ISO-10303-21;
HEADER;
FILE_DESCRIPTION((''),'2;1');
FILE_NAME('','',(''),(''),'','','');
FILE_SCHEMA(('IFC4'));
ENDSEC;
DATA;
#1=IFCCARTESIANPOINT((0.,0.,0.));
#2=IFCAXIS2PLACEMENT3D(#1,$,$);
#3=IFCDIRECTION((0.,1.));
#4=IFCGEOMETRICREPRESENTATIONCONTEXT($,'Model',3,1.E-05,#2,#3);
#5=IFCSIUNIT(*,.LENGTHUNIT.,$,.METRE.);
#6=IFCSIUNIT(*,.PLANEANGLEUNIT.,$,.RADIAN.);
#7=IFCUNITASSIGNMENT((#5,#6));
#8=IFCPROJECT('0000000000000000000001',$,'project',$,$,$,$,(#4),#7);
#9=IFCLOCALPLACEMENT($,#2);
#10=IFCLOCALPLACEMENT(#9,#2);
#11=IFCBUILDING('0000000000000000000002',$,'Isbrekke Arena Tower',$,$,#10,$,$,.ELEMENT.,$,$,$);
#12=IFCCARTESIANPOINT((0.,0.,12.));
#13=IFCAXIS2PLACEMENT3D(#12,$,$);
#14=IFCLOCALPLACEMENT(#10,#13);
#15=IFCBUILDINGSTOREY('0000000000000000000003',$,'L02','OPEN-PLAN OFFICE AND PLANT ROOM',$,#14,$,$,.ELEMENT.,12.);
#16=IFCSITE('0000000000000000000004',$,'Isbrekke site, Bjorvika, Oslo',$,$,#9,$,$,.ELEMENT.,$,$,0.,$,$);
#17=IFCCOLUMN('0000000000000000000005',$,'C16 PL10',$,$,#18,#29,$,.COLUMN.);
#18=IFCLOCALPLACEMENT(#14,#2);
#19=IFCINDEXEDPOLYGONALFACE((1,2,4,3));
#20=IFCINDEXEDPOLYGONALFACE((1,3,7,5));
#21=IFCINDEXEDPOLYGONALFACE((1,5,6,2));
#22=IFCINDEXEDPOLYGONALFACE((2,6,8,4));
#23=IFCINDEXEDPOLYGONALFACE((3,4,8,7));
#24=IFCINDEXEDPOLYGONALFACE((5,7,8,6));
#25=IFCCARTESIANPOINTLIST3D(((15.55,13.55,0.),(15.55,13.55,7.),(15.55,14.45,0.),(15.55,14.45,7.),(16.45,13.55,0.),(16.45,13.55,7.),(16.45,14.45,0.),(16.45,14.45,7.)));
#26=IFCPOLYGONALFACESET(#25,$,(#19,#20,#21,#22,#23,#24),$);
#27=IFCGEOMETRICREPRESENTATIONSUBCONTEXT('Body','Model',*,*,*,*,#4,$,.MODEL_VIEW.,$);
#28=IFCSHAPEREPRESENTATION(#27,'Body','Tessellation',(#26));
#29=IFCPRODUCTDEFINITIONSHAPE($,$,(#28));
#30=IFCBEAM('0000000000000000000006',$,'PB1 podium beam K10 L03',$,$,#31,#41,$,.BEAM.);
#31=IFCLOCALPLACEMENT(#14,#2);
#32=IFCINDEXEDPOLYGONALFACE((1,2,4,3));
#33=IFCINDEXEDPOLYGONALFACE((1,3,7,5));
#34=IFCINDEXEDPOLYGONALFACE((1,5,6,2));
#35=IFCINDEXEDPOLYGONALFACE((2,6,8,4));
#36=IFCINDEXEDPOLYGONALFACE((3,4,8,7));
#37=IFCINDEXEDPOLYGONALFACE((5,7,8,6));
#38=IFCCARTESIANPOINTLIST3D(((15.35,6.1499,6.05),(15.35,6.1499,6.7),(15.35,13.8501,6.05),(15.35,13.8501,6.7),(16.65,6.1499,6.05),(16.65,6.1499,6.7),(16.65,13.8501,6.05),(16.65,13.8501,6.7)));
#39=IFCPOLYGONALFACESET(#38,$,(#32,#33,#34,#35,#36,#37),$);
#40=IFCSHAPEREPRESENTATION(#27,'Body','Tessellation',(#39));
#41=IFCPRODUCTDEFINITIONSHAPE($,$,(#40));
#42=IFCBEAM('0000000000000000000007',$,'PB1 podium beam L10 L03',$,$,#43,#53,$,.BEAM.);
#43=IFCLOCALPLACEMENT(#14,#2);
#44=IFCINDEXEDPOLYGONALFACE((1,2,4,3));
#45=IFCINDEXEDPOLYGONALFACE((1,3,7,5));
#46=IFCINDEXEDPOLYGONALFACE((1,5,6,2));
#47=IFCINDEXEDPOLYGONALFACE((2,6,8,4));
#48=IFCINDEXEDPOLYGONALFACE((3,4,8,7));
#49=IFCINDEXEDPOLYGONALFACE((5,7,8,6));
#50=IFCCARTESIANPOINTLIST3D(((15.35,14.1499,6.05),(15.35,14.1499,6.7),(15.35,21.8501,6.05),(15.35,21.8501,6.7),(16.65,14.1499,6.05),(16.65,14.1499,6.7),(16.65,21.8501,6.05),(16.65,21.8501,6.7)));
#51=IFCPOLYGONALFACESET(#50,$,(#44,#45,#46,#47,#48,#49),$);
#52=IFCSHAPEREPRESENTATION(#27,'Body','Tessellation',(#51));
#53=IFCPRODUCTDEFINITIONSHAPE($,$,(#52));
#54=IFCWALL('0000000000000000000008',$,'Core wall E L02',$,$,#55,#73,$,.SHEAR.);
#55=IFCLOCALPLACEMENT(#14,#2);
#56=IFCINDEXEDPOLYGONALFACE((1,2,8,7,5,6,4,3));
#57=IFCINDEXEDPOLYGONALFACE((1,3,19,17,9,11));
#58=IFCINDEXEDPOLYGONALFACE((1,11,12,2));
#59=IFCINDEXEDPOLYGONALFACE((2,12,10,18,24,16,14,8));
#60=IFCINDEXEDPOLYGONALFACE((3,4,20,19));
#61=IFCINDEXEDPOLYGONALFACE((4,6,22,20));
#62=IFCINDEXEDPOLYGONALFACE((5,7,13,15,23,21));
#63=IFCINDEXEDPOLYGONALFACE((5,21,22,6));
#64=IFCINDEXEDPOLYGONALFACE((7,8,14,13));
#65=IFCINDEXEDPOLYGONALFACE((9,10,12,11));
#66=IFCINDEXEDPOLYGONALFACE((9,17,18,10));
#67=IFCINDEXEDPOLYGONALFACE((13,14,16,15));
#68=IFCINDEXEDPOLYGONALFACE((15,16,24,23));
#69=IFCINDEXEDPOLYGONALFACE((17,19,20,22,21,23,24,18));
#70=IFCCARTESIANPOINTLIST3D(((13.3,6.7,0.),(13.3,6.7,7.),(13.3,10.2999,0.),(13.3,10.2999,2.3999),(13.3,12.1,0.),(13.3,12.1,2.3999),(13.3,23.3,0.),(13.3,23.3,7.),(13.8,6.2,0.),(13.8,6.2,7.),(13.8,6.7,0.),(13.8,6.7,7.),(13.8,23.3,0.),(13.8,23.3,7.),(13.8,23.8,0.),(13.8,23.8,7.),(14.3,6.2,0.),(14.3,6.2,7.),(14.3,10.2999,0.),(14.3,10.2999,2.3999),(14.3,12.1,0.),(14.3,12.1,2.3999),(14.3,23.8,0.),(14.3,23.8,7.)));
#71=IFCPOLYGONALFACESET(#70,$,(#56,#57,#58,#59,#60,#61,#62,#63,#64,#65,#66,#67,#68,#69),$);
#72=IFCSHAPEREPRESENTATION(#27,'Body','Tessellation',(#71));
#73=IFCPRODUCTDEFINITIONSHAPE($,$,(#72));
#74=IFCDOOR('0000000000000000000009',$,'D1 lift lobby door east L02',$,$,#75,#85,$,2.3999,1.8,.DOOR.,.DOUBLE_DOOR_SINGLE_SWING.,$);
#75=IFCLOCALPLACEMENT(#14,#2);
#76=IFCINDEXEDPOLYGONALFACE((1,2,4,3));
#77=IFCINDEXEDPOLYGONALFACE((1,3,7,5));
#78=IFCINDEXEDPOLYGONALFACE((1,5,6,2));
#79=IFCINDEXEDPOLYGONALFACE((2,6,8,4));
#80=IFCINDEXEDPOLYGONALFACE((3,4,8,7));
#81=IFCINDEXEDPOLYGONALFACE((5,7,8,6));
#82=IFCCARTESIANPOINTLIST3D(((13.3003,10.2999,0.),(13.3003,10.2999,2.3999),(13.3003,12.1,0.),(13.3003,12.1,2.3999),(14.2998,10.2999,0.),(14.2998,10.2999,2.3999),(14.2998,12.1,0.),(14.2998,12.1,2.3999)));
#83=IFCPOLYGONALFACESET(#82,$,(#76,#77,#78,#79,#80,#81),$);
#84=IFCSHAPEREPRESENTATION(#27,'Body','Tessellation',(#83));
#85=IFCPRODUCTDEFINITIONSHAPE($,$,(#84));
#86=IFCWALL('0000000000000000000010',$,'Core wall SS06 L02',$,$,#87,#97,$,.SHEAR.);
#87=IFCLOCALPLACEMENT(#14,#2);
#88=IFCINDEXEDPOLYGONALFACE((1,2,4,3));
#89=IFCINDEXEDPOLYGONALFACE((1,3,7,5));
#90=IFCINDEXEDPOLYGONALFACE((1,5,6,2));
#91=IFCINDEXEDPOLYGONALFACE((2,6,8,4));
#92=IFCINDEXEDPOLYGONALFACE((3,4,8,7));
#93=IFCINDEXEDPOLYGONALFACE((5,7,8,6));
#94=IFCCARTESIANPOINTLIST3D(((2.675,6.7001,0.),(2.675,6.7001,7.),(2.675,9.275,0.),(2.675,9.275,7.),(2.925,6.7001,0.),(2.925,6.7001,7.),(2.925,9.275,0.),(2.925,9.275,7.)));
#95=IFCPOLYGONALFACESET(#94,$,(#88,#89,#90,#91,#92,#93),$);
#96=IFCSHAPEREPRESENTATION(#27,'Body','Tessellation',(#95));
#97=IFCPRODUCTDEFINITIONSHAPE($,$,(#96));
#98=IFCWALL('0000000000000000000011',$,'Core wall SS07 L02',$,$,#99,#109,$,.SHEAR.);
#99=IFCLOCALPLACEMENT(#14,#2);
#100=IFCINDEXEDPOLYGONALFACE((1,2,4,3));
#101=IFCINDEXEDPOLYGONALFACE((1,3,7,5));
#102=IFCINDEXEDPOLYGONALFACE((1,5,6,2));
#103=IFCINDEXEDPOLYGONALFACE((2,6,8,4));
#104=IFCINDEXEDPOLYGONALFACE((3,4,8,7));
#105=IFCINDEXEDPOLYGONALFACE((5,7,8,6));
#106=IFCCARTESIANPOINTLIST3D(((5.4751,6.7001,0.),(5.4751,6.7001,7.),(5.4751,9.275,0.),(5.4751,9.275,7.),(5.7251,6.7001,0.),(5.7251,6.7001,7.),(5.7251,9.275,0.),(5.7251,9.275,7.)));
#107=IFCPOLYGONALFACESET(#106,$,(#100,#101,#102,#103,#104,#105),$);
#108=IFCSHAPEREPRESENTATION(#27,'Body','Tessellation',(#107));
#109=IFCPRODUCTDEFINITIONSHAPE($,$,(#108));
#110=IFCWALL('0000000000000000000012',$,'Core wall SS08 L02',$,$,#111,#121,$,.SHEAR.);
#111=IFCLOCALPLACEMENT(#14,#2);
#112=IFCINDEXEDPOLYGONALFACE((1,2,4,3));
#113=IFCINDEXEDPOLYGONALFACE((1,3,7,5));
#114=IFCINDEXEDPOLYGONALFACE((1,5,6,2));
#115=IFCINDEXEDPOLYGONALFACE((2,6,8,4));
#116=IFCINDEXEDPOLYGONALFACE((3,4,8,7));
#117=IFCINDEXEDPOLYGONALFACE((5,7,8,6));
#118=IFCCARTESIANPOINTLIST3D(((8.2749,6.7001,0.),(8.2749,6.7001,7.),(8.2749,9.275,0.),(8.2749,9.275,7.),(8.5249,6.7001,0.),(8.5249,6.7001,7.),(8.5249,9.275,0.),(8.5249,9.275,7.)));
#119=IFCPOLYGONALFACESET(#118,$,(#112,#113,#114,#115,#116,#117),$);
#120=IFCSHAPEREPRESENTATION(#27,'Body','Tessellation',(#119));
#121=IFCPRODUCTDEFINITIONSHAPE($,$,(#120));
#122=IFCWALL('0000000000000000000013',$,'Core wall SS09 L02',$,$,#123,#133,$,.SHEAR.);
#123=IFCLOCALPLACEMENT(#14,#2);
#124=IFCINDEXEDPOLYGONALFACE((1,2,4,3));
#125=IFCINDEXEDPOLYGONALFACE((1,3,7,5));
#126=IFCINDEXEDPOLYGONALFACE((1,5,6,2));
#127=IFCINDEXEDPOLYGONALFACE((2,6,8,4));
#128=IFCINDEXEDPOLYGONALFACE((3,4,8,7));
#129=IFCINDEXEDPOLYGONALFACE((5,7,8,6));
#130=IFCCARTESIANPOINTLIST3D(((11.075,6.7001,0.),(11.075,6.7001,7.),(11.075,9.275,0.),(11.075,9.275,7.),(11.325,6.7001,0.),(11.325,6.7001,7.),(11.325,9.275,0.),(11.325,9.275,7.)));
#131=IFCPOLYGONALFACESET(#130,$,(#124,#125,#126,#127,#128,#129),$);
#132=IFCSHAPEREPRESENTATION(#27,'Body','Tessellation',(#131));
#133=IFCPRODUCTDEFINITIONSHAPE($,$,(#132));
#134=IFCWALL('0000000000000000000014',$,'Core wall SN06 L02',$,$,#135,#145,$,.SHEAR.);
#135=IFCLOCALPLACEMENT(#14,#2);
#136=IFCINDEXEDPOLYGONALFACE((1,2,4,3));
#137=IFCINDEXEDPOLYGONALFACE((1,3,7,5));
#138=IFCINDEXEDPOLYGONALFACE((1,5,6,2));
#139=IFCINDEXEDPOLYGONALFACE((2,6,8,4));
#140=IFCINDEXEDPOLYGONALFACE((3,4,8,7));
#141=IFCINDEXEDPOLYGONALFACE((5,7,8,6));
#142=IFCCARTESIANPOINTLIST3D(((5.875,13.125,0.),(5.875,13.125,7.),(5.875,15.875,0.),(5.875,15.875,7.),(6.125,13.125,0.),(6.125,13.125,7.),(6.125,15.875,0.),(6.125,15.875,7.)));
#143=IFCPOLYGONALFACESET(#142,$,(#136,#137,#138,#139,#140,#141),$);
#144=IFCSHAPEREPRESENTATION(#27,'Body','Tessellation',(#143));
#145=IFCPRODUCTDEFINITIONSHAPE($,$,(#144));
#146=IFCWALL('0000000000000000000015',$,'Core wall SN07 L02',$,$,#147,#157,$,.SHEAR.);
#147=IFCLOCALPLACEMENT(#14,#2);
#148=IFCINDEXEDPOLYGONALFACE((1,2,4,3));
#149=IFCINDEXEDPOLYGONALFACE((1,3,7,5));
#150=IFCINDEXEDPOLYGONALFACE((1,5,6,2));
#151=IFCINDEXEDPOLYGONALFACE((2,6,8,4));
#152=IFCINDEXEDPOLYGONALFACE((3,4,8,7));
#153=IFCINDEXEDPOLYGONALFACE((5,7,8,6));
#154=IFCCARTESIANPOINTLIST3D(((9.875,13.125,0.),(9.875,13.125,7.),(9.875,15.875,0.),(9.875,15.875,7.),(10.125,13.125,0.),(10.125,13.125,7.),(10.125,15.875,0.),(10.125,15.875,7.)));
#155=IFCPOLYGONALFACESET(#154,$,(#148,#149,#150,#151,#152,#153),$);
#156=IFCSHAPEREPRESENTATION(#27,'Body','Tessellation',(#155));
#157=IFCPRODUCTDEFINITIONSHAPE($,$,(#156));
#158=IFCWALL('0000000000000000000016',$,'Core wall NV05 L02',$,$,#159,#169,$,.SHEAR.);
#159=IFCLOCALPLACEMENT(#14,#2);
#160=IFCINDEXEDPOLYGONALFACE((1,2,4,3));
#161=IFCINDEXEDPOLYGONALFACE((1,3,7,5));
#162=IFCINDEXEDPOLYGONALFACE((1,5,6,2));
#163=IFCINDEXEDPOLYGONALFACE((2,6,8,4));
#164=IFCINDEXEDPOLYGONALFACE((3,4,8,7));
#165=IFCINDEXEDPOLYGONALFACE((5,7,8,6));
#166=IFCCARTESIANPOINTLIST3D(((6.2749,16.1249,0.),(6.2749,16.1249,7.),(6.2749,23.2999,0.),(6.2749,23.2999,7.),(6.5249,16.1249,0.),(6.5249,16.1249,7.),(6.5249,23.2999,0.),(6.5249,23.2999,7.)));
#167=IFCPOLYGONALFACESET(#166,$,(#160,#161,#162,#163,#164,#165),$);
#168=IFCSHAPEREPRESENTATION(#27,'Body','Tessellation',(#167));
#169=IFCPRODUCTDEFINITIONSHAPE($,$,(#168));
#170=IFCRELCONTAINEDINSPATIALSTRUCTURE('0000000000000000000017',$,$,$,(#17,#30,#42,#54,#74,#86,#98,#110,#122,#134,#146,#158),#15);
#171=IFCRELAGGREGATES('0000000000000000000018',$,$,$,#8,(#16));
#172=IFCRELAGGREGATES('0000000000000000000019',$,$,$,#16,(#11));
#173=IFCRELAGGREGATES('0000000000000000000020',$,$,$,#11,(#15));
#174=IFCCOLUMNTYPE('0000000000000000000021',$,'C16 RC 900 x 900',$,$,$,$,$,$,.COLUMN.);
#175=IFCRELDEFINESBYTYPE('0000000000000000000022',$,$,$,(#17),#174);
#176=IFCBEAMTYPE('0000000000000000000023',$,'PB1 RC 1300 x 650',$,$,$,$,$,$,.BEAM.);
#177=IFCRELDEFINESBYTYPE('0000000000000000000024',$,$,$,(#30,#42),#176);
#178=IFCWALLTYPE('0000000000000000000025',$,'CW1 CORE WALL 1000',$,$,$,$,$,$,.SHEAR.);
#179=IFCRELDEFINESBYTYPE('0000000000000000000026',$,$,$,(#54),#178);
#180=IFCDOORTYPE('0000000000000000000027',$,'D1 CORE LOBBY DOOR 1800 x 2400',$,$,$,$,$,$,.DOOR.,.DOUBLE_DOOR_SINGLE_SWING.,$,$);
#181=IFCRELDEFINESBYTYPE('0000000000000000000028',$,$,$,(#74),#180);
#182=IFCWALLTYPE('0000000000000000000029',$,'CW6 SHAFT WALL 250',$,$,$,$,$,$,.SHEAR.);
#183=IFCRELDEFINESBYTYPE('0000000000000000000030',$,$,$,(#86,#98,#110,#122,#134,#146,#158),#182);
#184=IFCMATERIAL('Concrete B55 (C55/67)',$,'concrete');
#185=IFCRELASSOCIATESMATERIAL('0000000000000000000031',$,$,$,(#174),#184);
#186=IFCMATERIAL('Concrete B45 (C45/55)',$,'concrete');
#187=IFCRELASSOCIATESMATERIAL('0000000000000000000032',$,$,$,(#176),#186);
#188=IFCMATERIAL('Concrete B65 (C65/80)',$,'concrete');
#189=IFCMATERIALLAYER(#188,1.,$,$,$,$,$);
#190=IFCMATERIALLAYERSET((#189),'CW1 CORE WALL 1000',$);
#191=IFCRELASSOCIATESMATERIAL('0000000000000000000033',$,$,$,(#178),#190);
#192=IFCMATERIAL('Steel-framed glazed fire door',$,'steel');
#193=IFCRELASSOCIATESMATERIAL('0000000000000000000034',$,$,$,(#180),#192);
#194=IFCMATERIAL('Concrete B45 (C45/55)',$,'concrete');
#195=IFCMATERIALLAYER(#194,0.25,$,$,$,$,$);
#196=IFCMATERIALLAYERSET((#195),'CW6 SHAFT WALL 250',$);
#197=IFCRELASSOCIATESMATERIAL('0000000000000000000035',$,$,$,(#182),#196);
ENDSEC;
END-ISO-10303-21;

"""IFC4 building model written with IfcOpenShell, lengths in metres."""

from ifc_helpers import new_model, si_unit, direction, frame, frame_2d, origin, origin_2d, place, context, subcontext, project, spatial, polyline, rectangle, outline, extrude, material, layer, layer_set, material_profile, profile_set, type_object, element, fill, save


model = new_model("IFC4")

# Units and contexts
model_context = context("Model", 3, precision=1e-05, world=origin(), true_north=direction((0.0, 1.0)))
body_context = subcontext(model_context, "Body", "Model", "MODEL_VIEW")
ifc_project = project(units=[si_unit("LENGTHUNIT", "METRE"), si_unit("PLANEANGLEUNIT", "RADIAN")], contexts=[model_context])

# Site, building, storey
site_placement = place(None, origin())
site = spatial("IfcSite", under=ifc_project, at=site_placement, Name="Isbrekke site, Bjorvika, Oslo", CompositionType="ELEMENT", RefElevation=0.0)
building_placement = place(site_placement, origin())
building = spatial("IfcBuilding", under=site, at=building_placement, Name="Isbrekke Arena Tower", CompositionType="ELEMENT")
storey_placement = place(building_placement, frame((0.0, 0.0, 12.0)))
storey = spatial("IfcBuildingStorey", under=building, at=storey_placement, Name="L02", Description="OPEN-PLAN OFFICE AND PLANT ROOM", CompositionType="ELEMENT", Elevation=12.0)

# Column
ifc_material_1 = material(Name="Concrete B55 (C55/67)", Category="concrete")
ifc_material_profile_1 = material_profile(ifc_material_1, rectangle(XDim=0.8999, YDim=0.8999, at=origin_2d()), Name="RC 900x900")
ifc_profile_set_1 = profile_set([ifc_material_profile_1], Name="Concrete B55 (C55/67)")
column_type = type_object("IfcColumnType", Name="C16 RC 900 x 900", PredefinedType="COLUMN", material=ifc_profile_set_1)
column_placement = place(storey_placement, frame((16.0, 14.0, 0.0), z_axis=(0.0, 0.0, 1.0), x_axis=(1.0, 0.0, 0.0)))
element("IfcColumn", 1, at=column_placement, inside=storey, type_object=column_type, Name="C16 PL10", PredefinedType="COLUMN", context=body_context, shape_type="SweptSolid", body=[
    extrude(rectangle(XDim=0.8999, YDim=0.8999, at=origin_2d()), origin(), (0.0, 0.0, 1.0), 7.0),
])

# Beams
ifc_material_2 = material(Name="Concrete B45 (C45/55)", Category="concrete")
ifc_material_profile_2 = material_profile(ifc_material_2, rectangle(XDim=1.3, YDim=0.6499, at=origin_2d()), Name="RC 1300x650")
ifc_profile_set_2 = profile_set([ifc_material_profile_2], Name="Concrete B45 (C45/55)")
beam_type = type_object("IfcBeamType", Name="PB1 RC 1300 x 650", PredefinedType="BEAM", material=ifc_profile_set_2)
for number, where, z_axis, x_axis, name in (
    (2, (16.0, 6.1499, 6.375), (0.0, 1.0, 0.0), (-1.0, 0.0, 0.0), "PB1 podium beam K10 L03"),
    (3, (16.0, 14.1499, 6.375), (0.0, 1.0, 0.0), (-1.0, 0.0, 0.0), "PB1 podium beam L10 L03"),
):
    element("IfcBeam", number, at=place(storey_placement, frame(where, z_axis=z_axis, x_axis=x_axis)), inside=storey, type_object=beam_type, Name=name, PredefinedType="BEAM", context=body_context, shape_type="SweptSolid", body=[
        extrude(rectangle(XDim=1.3, YDim=0.6499, at=origin_2d()), origin(), (0.0, 0.0, 1.0), 7.7002),
    ])

# Wall, opening, door
ifc_material_3 = material(Name="Concrete B65 (C65/80)", Category="concrete")
ifc_layer_1 = layer(ifc_material_3, 1.0)
ifc_layer_set_1 = layer_set([ifc_layer_1], Name="CW1 CORE WALL 1000")
wall_type_1 = type_object("IfcWallType", Name="CW1 CORE WALL 1000", PredefinedType="SHEAR", material=ifc_layer_set_1)
wall_1_placement = place(storey_placement, frame((13.8, 6.2, 0.0), z_axis=(0.0, 0.0, 1.0), x_axis=(0.0, 1.0, 0.0)))
wall_1 = element("IfcWall", 4, at=wall_1_placement, inside=storey, type_object=wall_type_1, Name="Core wall E L02", PredefinedType="SHEAR", context=body_context, shape_type="SweptSolid", body=[
    extrude(outline(polyline([(0.0, -0.5), (17.6001, -0.5), (17.6001, 0.0), (17.1001, 0.0), (17.1001, 0.5), (0.5, 0.5), (0.5, 0.0), (0.0, 0.0), (0.0, -0.5)])), origin(), (0.0, 0.0, 1.0), 7.0),
])
opening_1_placement = place(wall_1_placement, frame((4.1001, 0.0, 0.0)))
opening_1 = element("IfcOpeningElement", 5, at=opening_1_placement, cuts=wall_1, PredefinedType="OPENING", context=body_context, shape_type="SweptSolid", body=[
    extrude(rectangle(XDim=1.8, YDim=2.3999, at=frame_2d((0.8999, 1.2))), frame((0.0, 0.5149, 0.0), z_axis=(0.0, -1.0, 0.0), x_axis=(1.0, 0.0, 0.0)), (0.0, 0.0, 1.0), 1.0298),
])
ifc_material_4 = material(Name="Steel-framed glazed fire door", Category="steel")
door_type_1 = type_object("IfcDoorType", Name="D1 CORE LOBBY DOOR 1800 x 2400", OperationType="DOUBLE_DOOR_SINGLE_SWING", PredefinedType="DOOR", material=ifc_material_4)
door_1_placement = place(opening_1_placement, origin())
door_1 = element("IfcDoor", 6, at=door_1_placement, inside=storey, type_object=door_type_1, Name="D1 lift lobby door east L02", OperationType="DOUBLE_DOOR_SINGLE_SWING", OverallHeight=2.3999, OverallWidth=1.8, PredefinedType="DOOR", context=body_context, shape_type="SweptSolid", body=[
    extrude(rectangle(XDim=1.8, YDim=2.3999, at=frame_2d((0.8999, 1.2))), frame((0.0, 0.4998, 0.0), z_axis=(0.0, -1.0, 0.0), x_axis=(1.0, 0.0, 0.0)), (0.0, 0.0, 1.0), 0.9995),
])
fill(opening_1, door_1)

# Walls
ifc_material_5 = material(Name="Concrete B45 (C45/55)", Category="concrete")
ifc_layer_2 = layer(ifc_material_5, 0.25)
ifc_layer_set_2 = layer_set([ifc_layer_2], Name="CW6 SHAFT WALL 250")
wall_type_2 = type_object("IfcWallType", Name="CW6 SHAFT WALL 250", PredefinedType="SHEAR", material=ifc_layer_set_2)
for number, where, z_axis, x_axis, name in (
    (7, (2.8, 6.7, 0.0), (0.0, 0.0, 1.0), (0.0, 1.0, 0.0), "Core wall SS06 L02"),
    (8, (5.6001, 6.7, 0.0), (0.0, 0.0, 1.0), (0.0, 1.0, 0.0), "Core wall SS07 L02"),
    (9, (8.3999, 6.7, 0.0), (0.0, 0.0, 1.0), (0.0, 1.0, 0.0), "Core wall SS08 L02"),
    (10, (11.2, 6.7, 0.0), (0.0, 0.0, 1.0), (0.0, 1.0, 0.0), "Core wall SS09 L02"),
):
    element("IfcWall", number, at=place(storey_placement, frame(where, z_axis=z_axis, x_axis=x_axis)), inside=storey, type_object=wall_type_2, Name=name, PredefinedType="SHEAR", context=body_context, shape_type="SweptSolid", body=[
        extrude(rectangle(XDim=2.575, YDim=0.25, at=frame_2d((1.2876, 0.0))), origin(), (0.0, 0.0, 1.0), 7.0),
    ])
for number, where, z_axis, x_axis, name in (
    (11, (6.0, 13.125, 0.0), (0.0, 0.0, 1.0), (0.0, 1.0, 0.0), "Core wall SN06 L02"),
    (12, (10.0, 13.125, 0.0), (0.0, 0.0, 1.0), (0.0, 1.0, 0.0), "Core wall SN07 L02"),
):
    element("IfcWall", number, at=place(storey_placement, frame(where, z_axis=z_axis, x_axis=x_axis)), inside=storey, type_object=wall_type_2, Name=name, PredefinedType="SHEAR", context=body_context, shape_type="SweptSolid", body=[
        extrude(rectangle(XDim=2.75, YDim=0.25, at=frame_2d((1.375, 0.0))), origin(), (0.0, 0.0, 1.0), 7.0),
    ])
wall_2_placement = place(storey_placement, frame((6.3999, 16.125, 0.0), z_axis=(0.0, 0.0, 1.0), x_axis=(0.0, 1.0, 0.0)))
element("IfcWall", 13, at=wall_2_placement, inside=storey, type_object=wall_type_2, Name="Core wall NV05 L02", PredefinedType="SHEAR", context=body_context, shape_type="SweptSolid", body=[
    extrude(rectangle(XDim=7.175, YDim=0.25, at=frame_2d((3.5874, 0.0))), origin(), (0.0, 0.0, 1.0), 7.0),
])

save(model, "model.ifc")
